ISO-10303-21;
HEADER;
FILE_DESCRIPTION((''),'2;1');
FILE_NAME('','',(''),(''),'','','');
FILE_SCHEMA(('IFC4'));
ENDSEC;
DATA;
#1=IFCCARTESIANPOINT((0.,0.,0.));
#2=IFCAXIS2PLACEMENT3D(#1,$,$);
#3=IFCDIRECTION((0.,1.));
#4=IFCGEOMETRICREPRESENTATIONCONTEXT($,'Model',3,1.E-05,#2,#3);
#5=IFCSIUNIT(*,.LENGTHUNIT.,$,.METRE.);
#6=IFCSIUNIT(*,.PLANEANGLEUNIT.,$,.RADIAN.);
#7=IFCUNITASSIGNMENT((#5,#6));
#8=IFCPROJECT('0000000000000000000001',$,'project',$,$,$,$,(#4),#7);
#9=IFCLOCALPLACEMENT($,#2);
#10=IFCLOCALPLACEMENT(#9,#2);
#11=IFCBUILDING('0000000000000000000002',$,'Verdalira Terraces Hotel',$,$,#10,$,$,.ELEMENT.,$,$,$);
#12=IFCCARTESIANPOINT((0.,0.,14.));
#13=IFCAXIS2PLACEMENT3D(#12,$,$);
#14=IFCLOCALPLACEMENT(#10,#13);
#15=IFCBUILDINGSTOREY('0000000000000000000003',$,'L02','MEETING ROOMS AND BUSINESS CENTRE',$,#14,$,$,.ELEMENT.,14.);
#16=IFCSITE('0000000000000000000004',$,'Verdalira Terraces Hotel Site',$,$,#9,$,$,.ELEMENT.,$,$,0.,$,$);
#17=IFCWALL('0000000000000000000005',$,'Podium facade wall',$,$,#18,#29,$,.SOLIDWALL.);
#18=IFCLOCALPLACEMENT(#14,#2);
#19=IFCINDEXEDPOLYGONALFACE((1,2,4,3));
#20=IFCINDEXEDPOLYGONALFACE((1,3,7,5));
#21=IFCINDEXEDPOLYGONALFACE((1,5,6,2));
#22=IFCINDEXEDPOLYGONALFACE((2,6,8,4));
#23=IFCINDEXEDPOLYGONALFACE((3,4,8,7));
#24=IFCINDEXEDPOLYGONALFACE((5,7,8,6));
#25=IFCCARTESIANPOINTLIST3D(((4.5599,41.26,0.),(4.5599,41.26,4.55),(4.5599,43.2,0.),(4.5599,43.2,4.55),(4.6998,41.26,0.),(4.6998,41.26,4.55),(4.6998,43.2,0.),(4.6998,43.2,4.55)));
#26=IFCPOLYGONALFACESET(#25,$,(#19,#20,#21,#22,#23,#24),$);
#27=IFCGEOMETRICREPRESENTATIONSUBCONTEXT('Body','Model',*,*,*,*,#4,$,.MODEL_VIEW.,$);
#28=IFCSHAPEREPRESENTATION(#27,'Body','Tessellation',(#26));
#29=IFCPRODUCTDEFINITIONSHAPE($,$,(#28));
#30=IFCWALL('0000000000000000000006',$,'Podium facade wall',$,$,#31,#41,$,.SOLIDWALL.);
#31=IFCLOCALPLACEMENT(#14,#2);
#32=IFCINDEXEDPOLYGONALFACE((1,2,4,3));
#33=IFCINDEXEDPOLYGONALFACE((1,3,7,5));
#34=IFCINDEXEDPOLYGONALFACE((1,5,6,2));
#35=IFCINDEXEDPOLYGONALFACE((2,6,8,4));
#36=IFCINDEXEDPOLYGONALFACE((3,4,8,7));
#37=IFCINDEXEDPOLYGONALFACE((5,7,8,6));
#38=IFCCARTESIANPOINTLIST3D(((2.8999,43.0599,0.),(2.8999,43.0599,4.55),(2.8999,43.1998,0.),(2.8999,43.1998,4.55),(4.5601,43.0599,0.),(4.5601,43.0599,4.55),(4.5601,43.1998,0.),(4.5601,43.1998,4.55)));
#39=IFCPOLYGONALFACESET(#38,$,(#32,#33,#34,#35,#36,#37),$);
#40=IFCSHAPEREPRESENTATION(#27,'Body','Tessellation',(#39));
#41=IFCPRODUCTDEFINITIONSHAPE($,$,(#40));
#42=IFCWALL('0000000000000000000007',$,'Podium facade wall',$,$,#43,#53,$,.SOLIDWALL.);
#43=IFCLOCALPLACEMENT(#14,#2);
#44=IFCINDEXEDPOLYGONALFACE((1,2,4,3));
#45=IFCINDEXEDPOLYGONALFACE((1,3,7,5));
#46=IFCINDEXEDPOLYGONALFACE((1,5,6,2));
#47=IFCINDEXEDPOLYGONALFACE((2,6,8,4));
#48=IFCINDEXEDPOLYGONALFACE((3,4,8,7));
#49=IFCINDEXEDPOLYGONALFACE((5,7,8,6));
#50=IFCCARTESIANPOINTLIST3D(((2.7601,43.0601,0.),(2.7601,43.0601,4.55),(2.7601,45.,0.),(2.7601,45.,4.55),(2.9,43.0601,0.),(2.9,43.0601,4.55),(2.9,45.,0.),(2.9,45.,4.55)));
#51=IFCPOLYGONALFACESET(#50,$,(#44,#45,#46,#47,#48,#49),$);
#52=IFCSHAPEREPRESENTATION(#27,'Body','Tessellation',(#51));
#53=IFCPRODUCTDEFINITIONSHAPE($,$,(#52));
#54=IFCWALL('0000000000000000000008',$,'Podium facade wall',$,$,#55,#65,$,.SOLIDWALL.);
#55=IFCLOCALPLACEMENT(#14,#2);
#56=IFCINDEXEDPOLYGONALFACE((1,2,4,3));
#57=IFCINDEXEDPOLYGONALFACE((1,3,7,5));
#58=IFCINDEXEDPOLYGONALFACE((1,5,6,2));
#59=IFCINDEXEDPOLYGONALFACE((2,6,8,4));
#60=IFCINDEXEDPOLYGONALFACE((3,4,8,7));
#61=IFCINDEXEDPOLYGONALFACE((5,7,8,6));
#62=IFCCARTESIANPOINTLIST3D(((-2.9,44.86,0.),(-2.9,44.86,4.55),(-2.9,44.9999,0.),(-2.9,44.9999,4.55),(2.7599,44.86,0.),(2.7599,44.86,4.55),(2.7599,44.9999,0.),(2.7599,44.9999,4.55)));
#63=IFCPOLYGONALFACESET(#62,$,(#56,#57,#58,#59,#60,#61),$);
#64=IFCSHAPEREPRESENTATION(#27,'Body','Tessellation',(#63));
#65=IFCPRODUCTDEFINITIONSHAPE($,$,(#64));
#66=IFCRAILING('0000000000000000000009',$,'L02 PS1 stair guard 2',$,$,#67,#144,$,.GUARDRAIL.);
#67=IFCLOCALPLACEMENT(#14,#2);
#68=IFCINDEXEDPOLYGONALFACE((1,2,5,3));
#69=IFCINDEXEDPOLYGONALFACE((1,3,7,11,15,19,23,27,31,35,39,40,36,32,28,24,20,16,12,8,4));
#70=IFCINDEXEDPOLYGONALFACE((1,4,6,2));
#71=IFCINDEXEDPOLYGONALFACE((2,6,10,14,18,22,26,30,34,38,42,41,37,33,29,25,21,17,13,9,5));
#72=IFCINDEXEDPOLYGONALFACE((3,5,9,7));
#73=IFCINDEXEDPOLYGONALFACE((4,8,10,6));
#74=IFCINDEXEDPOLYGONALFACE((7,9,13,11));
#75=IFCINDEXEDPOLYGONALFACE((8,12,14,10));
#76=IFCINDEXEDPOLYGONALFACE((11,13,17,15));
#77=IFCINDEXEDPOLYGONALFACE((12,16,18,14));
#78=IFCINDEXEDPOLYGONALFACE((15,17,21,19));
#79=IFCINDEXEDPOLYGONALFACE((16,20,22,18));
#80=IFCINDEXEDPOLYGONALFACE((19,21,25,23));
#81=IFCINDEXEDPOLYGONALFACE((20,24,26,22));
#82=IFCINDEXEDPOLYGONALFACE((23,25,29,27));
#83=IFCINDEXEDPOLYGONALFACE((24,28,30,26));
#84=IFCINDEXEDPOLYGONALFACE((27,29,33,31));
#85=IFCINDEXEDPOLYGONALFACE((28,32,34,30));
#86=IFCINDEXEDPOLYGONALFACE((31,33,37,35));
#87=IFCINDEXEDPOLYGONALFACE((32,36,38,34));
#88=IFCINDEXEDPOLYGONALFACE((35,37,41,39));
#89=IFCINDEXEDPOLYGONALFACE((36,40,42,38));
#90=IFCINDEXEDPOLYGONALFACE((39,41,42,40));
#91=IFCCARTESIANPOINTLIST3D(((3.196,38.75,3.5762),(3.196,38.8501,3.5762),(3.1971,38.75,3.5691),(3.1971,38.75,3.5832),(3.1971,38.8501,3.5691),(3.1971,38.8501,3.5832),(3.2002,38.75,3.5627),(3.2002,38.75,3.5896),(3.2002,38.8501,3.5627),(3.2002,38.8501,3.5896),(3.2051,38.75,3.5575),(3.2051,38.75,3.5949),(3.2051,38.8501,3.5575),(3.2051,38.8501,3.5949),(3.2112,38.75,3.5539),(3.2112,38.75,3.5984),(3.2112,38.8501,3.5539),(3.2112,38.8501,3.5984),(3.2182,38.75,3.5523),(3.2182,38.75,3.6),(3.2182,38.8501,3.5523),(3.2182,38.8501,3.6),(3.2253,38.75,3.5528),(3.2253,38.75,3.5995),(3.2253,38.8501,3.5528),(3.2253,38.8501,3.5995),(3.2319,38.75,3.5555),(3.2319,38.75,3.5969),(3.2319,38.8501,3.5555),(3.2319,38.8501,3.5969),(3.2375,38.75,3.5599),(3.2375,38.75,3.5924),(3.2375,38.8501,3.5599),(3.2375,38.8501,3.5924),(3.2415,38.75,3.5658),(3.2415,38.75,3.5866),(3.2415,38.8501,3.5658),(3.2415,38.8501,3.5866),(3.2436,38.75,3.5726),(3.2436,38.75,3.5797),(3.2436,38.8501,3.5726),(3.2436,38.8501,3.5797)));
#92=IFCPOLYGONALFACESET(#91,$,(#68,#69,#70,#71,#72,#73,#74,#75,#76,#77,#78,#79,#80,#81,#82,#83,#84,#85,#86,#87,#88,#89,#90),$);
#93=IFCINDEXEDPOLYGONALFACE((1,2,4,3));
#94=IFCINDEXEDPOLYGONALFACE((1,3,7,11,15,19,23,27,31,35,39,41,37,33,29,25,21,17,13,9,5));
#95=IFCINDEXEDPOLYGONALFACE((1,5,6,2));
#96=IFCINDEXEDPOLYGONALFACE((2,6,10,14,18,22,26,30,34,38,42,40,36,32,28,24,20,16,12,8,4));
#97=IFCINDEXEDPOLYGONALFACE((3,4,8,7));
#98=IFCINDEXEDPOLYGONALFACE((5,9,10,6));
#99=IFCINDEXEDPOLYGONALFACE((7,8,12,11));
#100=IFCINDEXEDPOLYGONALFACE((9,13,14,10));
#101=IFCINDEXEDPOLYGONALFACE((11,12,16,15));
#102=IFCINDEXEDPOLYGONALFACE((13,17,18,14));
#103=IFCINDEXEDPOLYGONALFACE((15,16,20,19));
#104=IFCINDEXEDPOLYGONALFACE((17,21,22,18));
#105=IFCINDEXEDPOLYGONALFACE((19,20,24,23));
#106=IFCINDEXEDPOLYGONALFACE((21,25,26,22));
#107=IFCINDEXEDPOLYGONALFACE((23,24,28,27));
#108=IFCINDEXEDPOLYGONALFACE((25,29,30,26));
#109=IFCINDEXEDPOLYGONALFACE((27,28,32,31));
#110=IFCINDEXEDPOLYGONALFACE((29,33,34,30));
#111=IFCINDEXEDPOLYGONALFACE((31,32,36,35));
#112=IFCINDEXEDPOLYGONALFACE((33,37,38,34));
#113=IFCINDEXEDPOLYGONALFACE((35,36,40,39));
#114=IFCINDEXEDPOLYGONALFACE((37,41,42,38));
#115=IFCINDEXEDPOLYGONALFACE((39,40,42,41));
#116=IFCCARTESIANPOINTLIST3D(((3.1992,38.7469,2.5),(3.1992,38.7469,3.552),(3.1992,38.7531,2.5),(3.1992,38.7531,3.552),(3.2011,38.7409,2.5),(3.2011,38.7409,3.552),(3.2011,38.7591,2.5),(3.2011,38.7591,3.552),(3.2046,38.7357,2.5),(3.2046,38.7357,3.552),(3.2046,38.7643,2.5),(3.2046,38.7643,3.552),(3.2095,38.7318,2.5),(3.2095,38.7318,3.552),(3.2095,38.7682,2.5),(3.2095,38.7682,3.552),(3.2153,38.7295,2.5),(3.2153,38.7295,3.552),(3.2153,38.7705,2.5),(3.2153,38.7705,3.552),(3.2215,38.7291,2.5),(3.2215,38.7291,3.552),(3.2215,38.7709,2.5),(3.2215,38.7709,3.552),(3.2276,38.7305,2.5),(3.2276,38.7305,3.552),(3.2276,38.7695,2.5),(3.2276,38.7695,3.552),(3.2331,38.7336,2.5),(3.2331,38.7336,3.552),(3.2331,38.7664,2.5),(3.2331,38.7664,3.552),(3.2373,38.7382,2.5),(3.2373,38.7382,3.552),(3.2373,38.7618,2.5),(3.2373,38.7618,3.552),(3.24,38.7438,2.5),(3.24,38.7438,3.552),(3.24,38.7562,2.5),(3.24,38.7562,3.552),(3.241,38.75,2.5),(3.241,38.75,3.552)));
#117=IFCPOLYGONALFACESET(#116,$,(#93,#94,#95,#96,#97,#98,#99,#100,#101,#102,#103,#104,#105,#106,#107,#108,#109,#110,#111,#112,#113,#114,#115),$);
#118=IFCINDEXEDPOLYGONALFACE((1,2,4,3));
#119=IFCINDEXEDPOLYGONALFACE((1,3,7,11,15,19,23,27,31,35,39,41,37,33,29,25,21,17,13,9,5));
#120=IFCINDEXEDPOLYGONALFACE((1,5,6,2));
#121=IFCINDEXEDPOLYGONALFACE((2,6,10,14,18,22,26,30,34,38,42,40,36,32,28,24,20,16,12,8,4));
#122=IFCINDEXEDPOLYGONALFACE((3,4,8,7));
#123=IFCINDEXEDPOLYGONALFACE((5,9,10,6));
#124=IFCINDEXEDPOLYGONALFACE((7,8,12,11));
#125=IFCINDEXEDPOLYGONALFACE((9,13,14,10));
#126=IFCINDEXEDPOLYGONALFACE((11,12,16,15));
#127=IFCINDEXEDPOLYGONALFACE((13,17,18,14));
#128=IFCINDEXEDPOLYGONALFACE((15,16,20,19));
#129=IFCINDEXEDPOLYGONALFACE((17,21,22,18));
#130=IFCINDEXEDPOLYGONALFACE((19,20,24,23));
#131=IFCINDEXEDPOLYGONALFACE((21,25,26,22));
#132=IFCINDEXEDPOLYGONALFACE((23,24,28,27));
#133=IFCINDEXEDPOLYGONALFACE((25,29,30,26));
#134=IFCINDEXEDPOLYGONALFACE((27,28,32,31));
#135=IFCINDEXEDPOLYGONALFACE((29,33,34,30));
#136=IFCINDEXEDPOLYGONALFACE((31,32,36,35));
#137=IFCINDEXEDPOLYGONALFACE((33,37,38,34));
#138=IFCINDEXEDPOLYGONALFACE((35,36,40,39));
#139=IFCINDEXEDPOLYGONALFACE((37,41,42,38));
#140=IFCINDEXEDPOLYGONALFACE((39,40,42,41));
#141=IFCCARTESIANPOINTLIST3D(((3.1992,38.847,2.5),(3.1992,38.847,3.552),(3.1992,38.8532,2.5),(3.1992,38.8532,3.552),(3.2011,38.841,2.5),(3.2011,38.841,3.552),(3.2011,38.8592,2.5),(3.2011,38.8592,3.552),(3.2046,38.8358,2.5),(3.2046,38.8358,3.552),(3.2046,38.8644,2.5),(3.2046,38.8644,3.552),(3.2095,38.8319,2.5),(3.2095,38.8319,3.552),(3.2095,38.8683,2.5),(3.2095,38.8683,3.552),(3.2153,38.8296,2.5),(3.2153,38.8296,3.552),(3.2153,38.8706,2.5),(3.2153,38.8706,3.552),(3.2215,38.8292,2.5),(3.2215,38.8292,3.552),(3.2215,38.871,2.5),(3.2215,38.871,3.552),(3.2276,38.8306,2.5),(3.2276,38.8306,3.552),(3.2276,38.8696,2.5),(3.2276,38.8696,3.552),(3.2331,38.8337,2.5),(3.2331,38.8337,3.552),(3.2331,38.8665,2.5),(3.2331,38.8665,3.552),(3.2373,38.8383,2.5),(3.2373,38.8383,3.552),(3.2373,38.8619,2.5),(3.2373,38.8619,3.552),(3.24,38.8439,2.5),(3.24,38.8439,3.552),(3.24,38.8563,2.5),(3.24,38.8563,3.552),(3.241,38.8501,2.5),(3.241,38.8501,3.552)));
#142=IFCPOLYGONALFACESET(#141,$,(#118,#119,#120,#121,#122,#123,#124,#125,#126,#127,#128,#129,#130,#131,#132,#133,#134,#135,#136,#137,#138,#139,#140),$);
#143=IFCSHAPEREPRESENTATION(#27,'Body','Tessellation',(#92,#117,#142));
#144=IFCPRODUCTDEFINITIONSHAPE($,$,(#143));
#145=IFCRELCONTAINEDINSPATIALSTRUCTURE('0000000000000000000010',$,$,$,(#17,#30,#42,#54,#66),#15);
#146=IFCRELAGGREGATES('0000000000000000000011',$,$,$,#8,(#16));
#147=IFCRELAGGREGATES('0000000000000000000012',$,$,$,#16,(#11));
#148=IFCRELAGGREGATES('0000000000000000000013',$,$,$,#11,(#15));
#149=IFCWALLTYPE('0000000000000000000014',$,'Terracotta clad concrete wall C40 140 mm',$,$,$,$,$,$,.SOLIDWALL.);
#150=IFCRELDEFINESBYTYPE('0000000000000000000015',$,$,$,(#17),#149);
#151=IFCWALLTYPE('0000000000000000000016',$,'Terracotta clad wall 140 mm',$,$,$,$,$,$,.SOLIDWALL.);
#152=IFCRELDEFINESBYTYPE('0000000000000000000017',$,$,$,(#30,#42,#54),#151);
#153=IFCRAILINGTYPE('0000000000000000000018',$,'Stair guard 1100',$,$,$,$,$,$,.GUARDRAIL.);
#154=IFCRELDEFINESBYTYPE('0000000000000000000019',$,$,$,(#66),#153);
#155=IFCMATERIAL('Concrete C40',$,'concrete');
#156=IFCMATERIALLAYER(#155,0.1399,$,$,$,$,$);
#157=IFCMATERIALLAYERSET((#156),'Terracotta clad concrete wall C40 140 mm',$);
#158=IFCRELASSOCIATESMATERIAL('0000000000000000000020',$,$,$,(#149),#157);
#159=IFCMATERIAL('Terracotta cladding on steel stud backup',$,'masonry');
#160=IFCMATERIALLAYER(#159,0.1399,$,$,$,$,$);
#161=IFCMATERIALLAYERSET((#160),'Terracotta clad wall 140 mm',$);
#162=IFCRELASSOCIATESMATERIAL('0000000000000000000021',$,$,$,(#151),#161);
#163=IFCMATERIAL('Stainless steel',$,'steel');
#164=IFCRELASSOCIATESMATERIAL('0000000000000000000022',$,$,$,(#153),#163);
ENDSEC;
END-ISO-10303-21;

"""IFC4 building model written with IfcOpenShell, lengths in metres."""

from ifc_helpers import new_model, si_unit, direction, frame, frame_2d, origin, origin_2d, place, context, subcontext, project, spatial, rectangle, circle, extrude, material, layer, layer_set, type_object, element, save


model = new_model("IFC4")

# Units and contexts
model_context = context("Model", 3, precision=1e-05, world=origin(), true_north=direction((0.0, 1.0)))
body_context = subcontext(model_context, "Body", "Model", "MODEL_VIEW")
ifc_project = project(units=[si_unit("LENGTHUNIT", "METRE"), si_unit("PLANEANGLEUNIT", "RADIAN")], contexts=[model_context])

# Site, building, storey
site_placement = place(None, origin())
site = spatial("IfcSite", under=ifc_project, at=site_placement, Name="Verdalira Terraces Hotel Site", CompositionType="ELEMENT", RefElevation=0.0)
building_placement = place(site_placement, origin())
building = spatial("IfcBuilding", under=site, at=building_placement, Name="Verdalira Terraces Hotel", CompositionType="ELEMENT")
storey_placement = place(building_placement, frame((0.0, 0.0, 14.0)))
storey = spatial("IfcBuildingStorey", under=building, at=storey_placement, Name="L02", Description="MEETING ROOMS AND BUSINESS CENTRE", CompositionType="ELEMENT", Elevation=14.0)

# Walls
ifc_material_1 = material(Name="Concrete C40", Category="concrete")
ifc_layer_1 = layer(ifc_material_1, 0.1399)
ifc_layer_set_1 = layer_set([ifc_layer_1], Name="Terracotta clad concrete wall C40 140 mm")
wall_type_1 = type_object("IfcWallType", Name="Terracotta clad concrete wall C40 140 mm", PredefinedType="SOLIDWALL", material=ifc_layer_set_1)
wall_1_placement = place(storey_placement, frame((4.6299, 41.26, 0.0), z_axis=(0.0, 0.0, 1.0), x_axis=(0.0, 1.0, 0.0)))
element("IfcWall", 1, at=wall_1_placement, inside=storey, type_object=wall_type_1, Name="Podium facade wall", PredefinedType="SOLIDWALL", context=body_context, shape_type="SweptSolid", body=[
    extrude(rectangle(XDim=1.9399, YDim=0.1399, at=frame_2d((0.97, 0.0))), origin(), (0.0, 0.0, 1.0), 4.55),
])
ifc_material_2 = material(Name="Terracotta cladding on steel stud backup", Category="masonry")
ifc_layer_2 = layer(ifc_material_2, 0.1399)
ifc_layer_set_2 = layer_set([ifc_layer_2], Name="Terracotta clad wall 140 mm")
wall_type_2 = type_object("IfcWallType", Name="Terracotta clad wall 140 mm", PredefinedType="SOLIDWALL", material=ifc_layer_set_2)
wall_2_placement = place(storey_placement, frame((4.5601, 43.1299, 0.0), z_axis=(0.0, 0.0, 1.0), x_axis=(-1.0, 0.0, 0.0)))
element("IfcWall", 2, at=wall_2_placement, inside=storey, type_object=wall_type_2, Name="Podium facade wall", PredefinedType="SOLIDWALL", context=body_context, shape_type="SweptSolid", body=[
    extrude(rectangle(XDim=1.6602, YDim=0.1399, at=frame_2d((0.8301, 0.0))), origin(), (0.0, 0.0, 1.0), 4.55),
])
wall_3_placement = place(storey_placement, frame((2.8301, 43.0601, 0.0), z_axis=(0.0, 0.0, 1.0), x_axis=(0.0, 1.0, 0.0)))
element("IfcWall", 3, at=wall_3_placement, inside=storey, type_object=wall_type_2, Name="Podium facade wall", PredefinedType="SOLIDWALL", context=body_context, shape_type="SweptSolid", body=[
    extrude(rectangle(XDim=1.9399, YDim=0.1399, at=frame_2d((0.97, 0.0))), origin(), (0.0, 0.0, 1.0), 4.55),
])
wall_4_placement = place(storey_placement, frame((2.76, 44.9299, 0.0), z_axis=(0.0, 0.0, 1.0), x_axis=(-1.0, 0.0, 0.0)))
element("IfcWall", 4, at=wall_4_placement, inside=storey, type_object=wall_type_2, Name="Podium facade wall", PredefinedType="SOLIDWALL", context=body_context, shape_type="SweptSolid", body=[
    extrude(rectangle(XDim=5.6599, YDim=0.1399, at=frame_2d((2.8301, 0.0))), origin(), (0.0, 0.0, 1.0), 4.55),
])

# Railing
ifc_material_3 = material(Name="Stainless steel", Category="steel")
railing_type_1 = type_object("IfcRailingType", Name="Stair guard 1100", PredefinedType="GUARDRAIL", material=ifc_material_3)
railing_1_placement = place(storey_placement, frame((3.22, 38.75, 2.5)))
element("IfcRailing", 5, at=railing_1_placement, inside=storey, type_object=railing_type_1, Name="L02 PS1 stair guard 2", PredefinedType="GUARDRAIL", context=body_context, shape_type="SweptSolid", body=[
    extrude(circle(Radius=0.0239, at=origin_2d()), frame((0.0, 0.0, 1.0762), z_axis=(0.0, 1.0, 0.0), x_axis=(-1.0, 0.0, 0.0)), (0.0, 0.0, 1.0), 0.1001),
    extrude(circle(Radius=0.021, at=origin_2d()), origin(), (0.0, 0.0, 1.0), 1.052),
    extrude(circle(Radius=0.021, at=origin_2d()), frame((0.0, 0.1001, 0.0)), (0.0, 0.0, 1.0), 1.052),
])

save(model, "model.ifc")
